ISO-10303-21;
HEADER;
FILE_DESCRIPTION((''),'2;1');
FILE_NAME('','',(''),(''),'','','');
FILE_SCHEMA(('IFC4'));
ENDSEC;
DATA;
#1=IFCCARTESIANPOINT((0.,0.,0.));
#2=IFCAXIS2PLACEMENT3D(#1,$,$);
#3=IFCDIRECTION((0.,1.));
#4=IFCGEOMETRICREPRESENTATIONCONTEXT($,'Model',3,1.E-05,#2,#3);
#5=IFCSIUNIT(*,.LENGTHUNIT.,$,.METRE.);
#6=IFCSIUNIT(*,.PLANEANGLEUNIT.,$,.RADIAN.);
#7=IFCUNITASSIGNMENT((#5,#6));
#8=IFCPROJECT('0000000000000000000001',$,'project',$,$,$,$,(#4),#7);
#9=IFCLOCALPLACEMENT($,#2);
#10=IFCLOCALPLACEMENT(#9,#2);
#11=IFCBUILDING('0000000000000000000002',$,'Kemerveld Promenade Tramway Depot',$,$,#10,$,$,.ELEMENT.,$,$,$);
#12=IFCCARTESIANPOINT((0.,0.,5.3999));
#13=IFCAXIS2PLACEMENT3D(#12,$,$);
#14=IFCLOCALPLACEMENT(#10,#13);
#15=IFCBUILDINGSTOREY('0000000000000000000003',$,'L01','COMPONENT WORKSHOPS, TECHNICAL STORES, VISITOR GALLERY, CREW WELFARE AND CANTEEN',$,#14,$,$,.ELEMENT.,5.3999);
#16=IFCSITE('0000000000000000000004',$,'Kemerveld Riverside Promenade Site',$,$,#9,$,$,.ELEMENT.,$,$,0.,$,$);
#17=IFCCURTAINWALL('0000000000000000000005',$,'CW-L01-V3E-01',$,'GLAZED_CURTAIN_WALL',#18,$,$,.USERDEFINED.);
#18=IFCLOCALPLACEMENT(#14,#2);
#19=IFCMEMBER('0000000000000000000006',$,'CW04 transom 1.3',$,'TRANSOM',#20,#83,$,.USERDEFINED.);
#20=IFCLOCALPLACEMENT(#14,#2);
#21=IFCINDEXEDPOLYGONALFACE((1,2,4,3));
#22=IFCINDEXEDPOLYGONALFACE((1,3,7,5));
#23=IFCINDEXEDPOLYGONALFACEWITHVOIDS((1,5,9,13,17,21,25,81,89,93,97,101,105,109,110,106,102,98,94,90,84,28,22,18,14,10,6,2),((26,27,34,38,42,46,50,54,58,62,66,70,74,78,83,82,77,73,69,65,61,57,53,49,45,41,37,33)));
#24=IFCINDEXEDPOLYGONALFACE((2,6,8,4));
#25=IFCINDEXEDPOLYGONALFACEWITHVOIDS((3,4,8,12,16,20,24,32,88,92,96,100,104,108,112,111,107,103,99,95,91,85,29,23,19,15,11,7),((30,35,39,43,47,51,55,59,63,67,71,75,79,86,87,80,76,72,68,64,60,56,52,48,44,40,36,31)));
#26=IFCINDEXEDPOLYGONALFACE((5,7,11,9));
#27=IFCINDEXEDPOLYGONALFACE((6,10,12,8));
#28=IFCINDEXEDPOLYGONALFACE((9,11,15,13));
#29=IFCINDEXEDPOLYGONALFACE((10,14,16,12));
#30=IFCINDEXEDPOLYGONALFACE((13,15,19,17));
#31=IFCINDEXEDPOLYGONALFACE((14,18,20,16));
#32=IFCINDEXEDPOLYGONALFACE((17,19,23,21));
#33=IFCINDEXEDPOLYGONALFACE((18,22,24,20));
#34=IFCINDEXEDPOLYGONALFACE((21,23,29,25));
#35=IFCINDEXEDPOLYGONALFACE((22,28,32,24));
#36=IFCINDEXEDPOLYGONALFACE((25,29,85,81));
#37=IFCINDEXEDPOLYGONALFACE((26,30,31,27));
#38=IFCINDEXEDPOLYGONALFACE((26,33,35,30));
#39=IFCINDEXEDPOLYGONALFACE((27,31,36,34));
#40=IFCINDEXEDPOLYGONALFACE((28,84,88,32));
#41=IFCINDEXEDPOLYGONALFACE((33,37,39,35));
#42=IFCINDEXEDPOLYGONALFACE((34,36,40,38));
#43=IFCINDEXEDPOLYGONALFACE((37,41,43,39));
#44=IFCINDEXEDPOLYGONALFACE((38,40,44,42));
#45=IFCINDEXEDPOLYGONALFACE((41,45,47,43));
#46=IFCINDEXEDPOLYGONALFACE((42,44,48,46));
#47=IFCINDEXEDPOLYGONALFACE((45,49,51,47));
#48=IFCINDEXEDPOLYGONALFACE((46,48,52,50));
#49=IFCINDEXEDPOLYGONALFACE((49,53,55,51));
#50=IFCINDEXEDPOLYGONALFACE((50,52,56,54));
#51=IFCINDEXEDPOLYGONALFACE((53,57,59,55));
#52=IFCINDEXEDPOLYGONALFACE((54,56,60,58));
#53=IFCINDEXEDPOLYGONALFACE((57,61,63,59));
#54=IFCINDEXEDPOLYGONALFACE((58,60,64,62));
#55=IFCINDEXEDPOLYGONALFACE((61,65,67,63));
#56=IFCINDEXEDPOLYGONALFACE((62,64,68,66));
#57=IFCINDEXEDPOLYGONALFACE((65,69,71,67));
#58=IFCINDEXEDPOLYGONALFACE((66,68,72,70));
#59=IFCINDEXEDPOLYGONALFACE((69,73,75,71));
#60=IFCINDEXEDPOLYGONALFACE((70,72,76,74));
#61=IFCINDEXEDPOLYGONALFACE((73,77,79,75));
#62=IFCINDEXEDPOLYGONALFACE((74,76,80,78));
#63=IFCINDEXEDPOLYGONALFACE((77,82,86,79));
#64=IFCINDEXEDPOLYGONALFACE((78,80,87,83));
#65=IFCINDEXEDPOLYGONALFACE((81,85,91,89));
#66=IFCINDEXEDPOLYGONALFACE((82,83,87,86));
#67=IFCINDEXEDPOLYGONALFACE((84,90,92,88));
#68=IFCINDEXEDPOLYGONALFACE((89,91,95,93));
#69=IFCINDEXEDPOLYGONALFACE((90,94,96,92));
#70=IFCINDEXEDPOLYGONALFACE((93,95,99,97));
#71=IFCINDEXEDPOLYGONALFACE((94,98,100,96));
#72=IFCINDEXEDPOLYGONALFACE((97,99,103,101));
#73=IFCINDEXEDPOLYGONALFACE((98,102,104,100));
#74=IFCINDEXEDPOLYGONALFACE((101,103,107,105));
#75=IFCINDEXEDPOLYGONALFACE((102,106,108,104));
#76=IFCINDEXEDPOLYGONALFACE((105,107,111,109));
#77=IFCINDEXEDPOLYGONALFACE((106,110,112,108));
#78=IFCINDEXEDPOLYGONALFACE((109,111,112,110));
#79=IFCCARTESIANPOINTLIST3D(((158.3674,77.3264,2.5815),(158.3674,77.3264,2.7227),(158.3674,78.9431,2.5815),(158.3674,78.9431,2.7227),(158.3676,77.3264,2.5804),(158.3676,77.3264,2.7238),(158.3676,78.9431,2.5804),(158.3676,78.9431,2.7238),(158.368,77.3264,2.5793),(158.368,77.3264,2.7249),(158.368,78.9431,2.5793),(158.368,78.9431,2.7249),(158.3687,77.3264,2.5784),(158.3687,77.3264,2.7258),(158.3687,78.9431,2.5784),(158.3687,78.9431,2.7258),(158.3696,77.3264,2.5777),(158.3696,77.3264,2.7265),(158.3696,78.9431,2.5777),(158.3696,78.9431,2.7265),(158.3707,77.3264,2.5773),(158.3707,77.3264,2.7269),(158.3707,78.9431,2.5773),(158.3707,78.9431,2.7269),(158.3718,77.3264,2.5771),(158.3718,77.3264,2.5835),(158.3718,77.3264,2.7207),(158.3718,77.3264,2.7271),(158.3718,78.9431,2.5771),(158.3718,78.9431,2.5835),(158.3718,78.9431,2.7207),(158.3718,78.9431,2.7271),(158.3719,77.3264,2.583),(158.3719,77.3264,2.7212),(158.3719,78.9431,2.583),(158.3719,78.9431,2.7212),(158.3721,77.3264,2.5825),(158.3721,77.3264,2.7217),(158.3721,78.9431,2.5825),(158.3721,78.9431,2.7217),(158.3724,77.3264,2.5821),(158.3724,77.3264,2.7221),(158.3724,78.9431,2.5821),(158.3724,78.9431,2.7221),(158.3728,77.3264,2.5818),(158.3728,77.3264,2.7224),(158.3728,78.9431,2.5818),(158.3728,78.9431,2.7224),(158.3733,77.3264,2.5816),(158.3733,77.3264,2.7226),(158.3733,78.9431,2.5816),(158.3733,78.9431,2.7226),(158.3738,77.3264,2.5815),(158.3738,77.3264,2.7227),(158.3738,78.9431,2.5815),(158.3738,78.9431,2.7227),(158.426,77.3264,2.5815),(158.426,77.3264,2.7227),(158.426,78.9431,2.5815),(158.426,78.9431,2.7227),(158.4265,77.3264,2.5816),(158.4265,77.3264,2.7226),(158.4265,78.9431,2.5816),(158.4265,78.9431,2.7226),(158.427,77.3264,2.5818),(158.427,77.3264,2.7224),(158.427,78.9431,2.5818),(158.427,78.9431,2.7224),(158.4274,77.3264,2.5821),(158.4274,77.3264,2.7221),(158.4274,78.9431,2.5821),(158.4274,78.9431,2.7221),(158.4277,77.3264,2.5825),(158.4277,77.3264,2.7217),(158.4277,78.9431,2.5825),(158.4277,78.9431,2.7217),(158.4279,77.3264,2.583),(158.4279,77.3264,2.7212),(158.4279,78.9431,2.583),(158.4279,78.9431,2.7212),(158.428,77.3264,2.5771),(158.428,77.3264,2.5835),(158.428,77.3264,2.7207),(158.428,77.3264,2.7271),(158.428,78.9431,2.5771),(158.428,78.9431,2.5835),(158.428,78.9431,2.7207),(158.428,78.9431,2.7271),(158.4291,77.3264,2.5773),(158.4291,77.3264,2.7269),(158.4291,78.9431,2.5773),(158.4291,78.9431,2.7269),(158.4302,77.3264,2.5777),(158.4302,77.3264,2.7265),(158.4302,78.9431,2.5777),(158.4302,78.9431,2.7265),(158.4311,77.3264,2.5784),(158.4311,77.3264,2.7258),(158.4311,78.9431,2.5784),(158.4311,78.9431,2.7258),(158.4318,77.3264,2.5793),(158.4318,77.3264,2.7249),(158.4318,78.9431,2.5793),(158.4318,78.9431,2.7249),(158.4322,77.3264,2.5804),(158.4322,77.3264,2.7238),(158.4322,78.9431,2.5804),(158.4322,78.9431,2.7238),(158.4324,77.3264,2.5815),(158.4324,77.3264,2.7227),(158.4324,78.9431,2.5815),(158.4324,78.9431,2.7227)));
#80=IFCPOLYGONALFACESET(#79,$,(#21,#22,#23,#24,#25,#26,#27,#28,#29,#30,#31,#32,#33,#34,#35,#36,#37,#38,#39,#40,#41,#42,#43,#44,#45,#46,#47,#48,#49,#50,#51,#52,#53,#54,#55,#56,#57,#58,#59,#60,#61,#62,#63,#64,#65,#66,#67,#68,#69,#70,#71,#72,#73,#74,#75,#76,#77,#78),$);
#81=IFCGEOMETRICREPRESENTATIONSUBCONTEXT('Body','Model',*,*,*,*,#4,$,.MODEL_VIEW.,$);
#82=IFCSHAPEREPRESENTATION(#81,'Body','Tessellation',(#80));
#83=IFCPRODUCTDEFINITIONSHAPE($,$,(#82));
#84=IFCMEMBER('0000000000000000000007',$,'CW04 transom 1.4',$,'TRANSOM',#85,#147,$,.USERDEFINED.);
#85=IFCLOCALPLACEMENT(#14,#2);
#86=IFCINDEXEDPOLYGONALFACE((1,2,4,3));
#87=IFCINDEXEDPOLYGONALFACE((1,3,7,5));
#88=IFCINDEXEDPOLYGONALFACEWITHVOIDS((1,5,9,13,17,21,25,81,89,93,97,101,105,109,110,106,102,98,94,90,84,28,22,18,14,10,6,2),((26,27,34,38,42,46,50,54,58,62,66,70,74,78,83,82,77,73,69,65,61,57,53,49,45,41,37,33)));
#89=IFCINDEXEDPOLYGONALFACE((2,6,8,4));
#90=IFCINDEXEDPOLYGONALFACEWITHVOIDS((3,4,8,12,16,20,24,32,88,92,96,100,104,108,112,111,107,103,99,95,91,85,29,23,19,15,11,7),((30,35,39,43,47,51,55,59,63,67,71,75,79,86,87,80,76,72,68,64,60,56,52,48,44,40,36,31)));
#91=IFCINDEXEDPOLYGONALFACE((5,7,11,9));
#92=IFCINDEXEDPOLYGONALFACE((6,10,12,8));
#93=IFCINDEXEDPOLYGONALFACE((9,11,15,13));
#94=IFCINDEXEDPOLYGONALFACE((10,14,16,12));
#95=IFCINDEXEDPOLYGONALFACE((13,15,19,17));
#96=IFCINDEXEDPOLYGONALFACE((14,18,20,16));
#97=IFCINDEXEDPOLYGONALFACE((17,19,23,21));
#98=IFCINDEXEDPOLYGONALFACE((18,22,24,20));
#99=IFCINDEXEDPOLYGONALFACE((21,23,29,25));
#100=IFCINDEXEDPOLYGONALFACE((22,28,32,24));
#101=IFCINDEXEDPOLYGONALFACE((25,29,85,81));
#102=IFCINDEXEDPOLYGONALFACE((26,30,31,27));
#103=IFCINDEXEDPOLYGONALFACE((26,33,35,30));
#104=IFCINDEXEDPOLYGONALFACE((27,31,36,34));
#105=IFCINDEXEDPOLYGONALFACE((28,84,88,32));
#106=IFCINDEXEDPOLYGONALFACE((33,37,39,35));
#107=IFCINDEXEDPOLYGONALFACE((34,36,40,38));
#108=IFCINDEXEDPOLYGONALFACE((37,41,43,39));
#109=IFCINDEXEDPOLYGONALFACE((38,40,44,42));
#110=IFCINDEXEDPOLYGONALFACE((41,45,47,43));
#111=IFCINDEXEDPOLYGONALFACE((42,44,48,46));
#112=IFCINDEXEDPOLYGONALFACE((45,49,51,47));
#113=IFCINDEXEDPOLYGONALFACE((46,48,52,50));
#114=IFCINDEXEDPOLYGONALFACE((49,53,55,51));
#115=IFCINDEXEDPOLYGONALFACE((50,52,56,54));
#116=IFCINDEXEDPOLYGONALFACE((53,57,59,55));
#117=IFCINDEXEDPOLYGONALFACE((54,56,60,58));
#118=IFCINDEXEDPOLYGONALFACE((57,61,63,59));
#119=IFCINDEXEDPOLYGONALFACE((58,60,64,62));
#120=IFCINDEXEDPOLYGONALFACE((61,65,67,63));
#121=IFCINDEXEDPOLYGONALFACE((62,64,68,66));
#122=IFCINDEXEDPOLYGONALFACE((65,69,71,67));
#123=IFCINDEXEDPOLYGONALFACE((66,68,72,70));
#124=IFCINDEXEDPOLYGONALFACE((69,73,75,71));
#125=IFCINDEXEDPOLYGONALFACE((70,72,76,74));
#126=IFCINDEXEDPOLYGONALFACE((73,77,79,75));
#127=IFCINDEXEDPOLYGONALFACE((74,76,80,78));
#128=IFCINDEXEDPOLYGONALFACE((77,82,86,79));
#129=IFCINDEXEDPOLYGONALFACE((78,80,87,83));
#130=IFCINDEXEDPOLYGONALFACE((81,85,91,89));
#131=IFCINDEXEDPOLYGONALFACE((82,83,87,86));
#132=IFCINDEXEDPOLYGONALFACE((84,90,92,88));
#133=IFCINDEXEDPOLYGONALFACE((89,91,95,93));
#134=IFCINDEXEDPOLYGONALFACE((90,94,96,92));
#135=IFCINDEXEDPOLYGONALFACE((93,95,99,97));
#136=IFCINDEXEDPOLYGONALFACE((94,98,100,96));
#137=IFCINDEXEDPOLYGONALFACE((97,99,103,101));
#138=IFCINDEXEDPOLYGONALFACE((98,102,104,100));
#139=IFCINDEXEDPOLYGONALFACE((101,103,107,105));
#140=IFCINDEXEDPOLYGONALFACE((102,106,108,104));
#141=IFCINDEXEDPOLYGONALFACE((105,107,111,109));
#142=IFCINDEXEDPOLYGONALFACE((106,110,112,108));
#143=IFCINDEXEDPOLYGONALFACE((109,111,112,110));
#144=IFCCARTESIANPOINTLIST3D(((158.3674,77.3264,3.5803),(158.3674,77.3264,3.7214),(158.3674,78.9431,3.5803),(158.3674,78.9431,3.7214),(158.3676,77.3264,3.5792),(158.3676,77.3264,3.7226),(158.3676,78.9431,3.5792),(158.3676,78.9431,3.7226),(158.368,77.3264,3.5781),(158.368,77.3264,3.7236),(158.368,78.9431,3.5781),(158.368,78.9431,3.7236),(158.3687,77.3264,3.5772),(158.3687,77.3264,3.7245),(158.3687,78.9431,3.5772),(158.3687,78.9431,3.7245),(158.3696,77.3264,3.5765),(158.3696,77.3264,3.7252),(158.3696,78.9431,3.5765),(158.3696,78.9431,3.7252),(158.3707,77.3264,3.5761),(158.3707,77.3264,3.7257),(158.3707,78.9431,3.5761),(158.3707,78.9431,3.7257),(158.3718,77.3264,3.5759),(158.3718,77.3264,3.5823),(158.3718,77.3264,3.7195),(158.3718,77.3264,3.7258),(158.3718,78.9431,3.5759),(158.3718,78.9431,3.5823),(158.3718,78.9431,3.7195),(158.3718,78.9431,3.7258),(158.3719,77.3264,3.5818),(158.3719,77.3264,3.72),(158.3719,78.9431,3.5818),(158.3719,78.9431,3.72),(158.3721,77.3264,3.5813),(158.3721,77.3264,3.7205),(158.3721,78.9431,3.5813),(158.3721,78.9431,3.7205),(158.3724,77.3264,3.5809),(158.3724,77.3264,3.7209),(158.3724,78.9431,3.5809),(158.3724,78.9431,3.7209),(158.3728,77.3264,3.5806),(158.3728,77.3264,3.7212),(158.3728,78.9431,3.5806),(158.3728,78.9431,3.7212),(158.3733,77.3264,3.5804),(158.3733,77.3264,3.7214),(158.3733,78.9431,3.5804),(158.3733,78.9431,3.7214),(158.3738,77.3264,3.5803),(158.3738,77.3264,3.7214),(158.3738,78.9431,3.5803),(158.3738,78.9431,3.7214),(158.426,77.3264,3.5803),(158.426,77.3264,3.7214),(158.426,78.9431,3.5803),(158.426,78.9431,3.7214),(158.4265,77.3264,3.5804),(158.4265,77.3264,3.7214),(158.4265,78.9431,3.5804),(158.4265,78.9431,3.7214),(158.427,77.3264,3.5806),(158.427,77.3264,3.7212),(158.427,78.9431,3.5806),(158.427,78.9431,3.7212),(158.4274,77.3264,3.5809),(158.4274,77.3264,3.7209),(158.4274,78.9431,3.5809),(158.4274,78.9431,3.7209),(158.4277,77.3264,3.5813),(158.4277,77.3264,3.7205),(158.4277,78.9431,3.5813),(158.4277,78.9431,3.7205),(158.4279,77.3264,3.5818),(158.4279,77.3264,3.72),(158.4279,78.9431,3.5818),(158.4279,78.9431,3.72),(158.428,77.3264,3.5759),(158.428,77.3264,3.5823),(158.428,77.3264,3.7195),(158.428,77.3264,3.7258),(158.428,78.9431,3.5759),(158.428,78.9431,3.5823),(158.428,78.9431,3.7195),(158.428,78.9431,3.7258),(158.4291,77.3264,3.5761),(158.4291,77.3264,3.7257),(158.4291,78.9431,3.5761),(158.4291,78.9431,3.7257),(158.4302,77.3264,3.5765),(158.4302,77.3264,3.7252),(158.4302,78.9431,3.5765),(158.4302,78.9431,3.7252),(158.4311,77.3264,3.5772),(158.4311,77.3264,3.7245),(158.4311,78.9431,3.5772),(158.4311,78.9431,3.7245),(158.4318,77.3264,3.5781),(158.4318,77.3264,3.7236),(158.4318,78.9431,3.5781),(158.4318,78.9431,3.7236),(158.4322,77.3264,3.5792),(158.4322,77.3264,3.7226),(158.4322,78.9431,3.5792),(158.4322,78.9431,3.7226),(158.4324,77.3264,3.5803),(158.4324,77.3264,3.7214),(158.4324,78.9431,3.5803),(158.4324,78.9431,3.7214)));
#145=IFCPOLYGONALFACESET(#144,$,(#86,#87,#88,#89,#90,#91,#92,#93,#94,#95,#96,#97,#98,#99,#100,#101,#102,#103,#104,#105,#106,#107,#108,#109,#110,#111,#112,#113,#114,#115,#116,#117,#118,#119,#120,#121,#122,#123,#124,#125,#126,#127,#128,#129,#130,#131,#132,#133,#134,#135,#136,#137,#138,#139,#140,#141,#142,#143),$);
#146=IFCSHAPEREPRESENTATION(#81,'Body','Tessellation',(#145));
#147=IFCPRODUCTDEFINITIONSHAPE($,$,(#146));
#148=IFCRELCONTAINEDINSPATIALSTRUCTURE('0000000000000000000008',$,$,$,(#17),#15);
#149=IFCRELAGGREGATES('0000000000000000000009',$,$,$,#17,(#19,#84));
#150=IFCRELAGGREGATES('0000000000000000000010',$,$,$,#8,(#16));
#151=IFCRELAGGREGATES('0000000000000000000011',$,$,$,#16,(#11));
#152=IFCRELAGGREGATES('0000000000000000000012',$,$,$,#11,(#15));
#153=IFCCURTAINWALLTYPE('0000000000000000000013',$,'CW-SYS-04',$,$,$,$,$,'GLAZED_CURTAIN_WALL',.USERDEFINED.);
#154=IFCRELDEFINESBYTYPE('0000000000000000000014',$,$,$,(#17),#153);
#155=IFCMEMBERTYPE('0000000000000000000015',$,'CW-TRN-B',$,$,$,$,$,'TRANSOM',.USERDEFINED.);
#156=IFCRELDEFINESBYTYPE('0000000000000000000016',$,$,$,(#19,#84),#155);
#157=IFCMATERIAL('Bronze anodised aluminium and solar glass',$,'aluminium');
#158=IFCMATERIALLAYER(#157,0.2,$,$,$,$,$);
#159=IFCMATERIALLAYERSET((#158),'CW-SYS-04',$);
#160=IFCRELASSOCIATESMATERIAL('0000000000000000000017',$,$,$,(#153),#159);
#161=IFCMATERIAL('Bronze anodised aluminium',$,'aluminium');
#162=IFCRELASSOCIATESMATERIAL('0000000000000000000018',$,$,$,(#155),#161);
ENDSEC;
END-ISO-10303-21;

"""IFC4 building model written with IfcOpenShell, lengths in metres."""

from ifc_helpers import new_model, si_unit, direction, frame, origin, origin_2d, place, context, subcontext, project, spatial, hollow_rectangle, extrude, material, layer, layer_set, material_profile, profile_set, type_object, element, aggregate, save


model = new_model("IFC4")

# Units and contexts
model_context = context("Model", 3, precision=1e-05, world=origin(), true_north=direction((0.0, 1.0)))
body_context = subcontext(model_context, "Body", "Model", "MODEL_VIEW")
ifc_project = project(units=[si_unit("LENGTHUNIT", "METRE"), si_unit("PLANEANGLEUNIT", "RADIAN")], contexts=[model_context])

# Site, building, storey
site_placement = place(None, origin())
site = spatial("IfcSite", under=ifc_project, at=site_placement, Name="Kemerveld Riverside Promenade Site", CompositionType="ELEMENT", RefElevation=0.0)
building_placement = place(site_placement, origin())
building = spatial("IfcBuilding", under=site, at=building_placement, Name="Kemerveld Promenade Tramway Depot", CompositionType="ELEMENT")
storey_placement = place(building_placement, frame((0.0, 0.0, 5.3999)))
storey = spatial("IfcBuildingStorey", under=building, at=storey_placement, Name="L01", Description="COMPONENT WORKSHOPS, TECHNICAL STORES, VISITOR GALLERY, CREW WELFARE AND CANTEEN", CompositionType="ELEMENT", Elevation=5.3999)

# Curtain wall, members
ifc_material_1 = material(Name="Bronze anodised aluminium and solar glass", Category="aluminium")
ifc_layer_1 = layer(ifc_material_1, 0.2)
ifc_layer_set_1 = layer_set([ifc_layer_1], Name="CW-SYS-04")
curtain_wall_type = type_object("IfcCurtainWallType", Name="CW-SYS-04", ElementType="GLAZED_CURTAIN_WALL", PredefinedType="USERDEFINED", material=ifc_layer_set_1)
curtain_wall_placement = place(storey_placement, origin())
curtain_wall = element("IfcCurtainWall", 1, at=curtain_wall_placement, inside=storey, type_object=curtain_wall_type, Name="CW-L01-V3E-01", ObjectType="GLAZED_CURTAIN_WALL", PredefinedType="USERDEFINED")
ifc_material_2 = material(Name="Bronze anodised aluminium", Category="aluminium")
ifc_material_profile_1 = material_profile(ifc_material_2, hollow_rectangle(XDim=0.0649, YDim=0.1499, WallThickness=0.0044, InnerFilletRadius=0.002, OuterFilletRadius=0.0044, at=origin_2d()), Name="CW-TRN-150x65")
ifc_profile_set_1 = profile_set([ifc_material_profile_1], Name="Bronze anodised aluminium")
member_type_1 = type_object("IfcMemberType", Name="CW-TRN-B", ElementType="TRANSOM", PredefinedType="USERDEFINED", material=ifc_profile_set_1)
member_1_placement = place(storey_placement, frame((158.3999, 78.9431, 2.6521), z_axis=(0.0, -1.0, 0.0), x_axis=(1.0, 0.0, 0.0)))
member_1 = element("IfcMember", 2, at=member_1_placement, type_object=member_type_1, Name="CW04 transom 1.3", ObjectType="TRANSOM", PredefinedType="USERDEFINED", context=body_context, shape_type="SweptSolid", body=[
    extrude(hollow_rectangle(XDim=0.0649, YDim=0.1499, WallThickness=0.0044, InnerFilletRadius=0.002, OuterFilletRadius=0.0044, at=origin_2d()), origin(), (0.0, 0.0, 1.0), 1.6167),
])
member_2_placement = place(storey_placement, frame((158.3999, 78.9431, 3.6509), z_axis=(0.0, -1.0, 0.0), x_axis=(1.0, 0.0, 0.0)))
member_2 = element("IfcMember", 3, at=member_2_placement, type_object=member_type_1, Name="CW04 transom 1.4", ObjectType="TRANSOM", PredefinedType="USERDEFINED", context=body_context, shape_type="SweptSolid", body=[
    extrude(hollow_rectangle(XDim=0.0649, YDim=0.1499, WallThickness=0.0044, InnerFilletRadius=0.002, OuterFilletRadius=0.0044, at=origin_2d()), origin(), (0.0, 0.0, 1.0), 1.6167),
])
aggregate(curtain_wall, [member_1, member_2])

save(model, "model.ifc")
